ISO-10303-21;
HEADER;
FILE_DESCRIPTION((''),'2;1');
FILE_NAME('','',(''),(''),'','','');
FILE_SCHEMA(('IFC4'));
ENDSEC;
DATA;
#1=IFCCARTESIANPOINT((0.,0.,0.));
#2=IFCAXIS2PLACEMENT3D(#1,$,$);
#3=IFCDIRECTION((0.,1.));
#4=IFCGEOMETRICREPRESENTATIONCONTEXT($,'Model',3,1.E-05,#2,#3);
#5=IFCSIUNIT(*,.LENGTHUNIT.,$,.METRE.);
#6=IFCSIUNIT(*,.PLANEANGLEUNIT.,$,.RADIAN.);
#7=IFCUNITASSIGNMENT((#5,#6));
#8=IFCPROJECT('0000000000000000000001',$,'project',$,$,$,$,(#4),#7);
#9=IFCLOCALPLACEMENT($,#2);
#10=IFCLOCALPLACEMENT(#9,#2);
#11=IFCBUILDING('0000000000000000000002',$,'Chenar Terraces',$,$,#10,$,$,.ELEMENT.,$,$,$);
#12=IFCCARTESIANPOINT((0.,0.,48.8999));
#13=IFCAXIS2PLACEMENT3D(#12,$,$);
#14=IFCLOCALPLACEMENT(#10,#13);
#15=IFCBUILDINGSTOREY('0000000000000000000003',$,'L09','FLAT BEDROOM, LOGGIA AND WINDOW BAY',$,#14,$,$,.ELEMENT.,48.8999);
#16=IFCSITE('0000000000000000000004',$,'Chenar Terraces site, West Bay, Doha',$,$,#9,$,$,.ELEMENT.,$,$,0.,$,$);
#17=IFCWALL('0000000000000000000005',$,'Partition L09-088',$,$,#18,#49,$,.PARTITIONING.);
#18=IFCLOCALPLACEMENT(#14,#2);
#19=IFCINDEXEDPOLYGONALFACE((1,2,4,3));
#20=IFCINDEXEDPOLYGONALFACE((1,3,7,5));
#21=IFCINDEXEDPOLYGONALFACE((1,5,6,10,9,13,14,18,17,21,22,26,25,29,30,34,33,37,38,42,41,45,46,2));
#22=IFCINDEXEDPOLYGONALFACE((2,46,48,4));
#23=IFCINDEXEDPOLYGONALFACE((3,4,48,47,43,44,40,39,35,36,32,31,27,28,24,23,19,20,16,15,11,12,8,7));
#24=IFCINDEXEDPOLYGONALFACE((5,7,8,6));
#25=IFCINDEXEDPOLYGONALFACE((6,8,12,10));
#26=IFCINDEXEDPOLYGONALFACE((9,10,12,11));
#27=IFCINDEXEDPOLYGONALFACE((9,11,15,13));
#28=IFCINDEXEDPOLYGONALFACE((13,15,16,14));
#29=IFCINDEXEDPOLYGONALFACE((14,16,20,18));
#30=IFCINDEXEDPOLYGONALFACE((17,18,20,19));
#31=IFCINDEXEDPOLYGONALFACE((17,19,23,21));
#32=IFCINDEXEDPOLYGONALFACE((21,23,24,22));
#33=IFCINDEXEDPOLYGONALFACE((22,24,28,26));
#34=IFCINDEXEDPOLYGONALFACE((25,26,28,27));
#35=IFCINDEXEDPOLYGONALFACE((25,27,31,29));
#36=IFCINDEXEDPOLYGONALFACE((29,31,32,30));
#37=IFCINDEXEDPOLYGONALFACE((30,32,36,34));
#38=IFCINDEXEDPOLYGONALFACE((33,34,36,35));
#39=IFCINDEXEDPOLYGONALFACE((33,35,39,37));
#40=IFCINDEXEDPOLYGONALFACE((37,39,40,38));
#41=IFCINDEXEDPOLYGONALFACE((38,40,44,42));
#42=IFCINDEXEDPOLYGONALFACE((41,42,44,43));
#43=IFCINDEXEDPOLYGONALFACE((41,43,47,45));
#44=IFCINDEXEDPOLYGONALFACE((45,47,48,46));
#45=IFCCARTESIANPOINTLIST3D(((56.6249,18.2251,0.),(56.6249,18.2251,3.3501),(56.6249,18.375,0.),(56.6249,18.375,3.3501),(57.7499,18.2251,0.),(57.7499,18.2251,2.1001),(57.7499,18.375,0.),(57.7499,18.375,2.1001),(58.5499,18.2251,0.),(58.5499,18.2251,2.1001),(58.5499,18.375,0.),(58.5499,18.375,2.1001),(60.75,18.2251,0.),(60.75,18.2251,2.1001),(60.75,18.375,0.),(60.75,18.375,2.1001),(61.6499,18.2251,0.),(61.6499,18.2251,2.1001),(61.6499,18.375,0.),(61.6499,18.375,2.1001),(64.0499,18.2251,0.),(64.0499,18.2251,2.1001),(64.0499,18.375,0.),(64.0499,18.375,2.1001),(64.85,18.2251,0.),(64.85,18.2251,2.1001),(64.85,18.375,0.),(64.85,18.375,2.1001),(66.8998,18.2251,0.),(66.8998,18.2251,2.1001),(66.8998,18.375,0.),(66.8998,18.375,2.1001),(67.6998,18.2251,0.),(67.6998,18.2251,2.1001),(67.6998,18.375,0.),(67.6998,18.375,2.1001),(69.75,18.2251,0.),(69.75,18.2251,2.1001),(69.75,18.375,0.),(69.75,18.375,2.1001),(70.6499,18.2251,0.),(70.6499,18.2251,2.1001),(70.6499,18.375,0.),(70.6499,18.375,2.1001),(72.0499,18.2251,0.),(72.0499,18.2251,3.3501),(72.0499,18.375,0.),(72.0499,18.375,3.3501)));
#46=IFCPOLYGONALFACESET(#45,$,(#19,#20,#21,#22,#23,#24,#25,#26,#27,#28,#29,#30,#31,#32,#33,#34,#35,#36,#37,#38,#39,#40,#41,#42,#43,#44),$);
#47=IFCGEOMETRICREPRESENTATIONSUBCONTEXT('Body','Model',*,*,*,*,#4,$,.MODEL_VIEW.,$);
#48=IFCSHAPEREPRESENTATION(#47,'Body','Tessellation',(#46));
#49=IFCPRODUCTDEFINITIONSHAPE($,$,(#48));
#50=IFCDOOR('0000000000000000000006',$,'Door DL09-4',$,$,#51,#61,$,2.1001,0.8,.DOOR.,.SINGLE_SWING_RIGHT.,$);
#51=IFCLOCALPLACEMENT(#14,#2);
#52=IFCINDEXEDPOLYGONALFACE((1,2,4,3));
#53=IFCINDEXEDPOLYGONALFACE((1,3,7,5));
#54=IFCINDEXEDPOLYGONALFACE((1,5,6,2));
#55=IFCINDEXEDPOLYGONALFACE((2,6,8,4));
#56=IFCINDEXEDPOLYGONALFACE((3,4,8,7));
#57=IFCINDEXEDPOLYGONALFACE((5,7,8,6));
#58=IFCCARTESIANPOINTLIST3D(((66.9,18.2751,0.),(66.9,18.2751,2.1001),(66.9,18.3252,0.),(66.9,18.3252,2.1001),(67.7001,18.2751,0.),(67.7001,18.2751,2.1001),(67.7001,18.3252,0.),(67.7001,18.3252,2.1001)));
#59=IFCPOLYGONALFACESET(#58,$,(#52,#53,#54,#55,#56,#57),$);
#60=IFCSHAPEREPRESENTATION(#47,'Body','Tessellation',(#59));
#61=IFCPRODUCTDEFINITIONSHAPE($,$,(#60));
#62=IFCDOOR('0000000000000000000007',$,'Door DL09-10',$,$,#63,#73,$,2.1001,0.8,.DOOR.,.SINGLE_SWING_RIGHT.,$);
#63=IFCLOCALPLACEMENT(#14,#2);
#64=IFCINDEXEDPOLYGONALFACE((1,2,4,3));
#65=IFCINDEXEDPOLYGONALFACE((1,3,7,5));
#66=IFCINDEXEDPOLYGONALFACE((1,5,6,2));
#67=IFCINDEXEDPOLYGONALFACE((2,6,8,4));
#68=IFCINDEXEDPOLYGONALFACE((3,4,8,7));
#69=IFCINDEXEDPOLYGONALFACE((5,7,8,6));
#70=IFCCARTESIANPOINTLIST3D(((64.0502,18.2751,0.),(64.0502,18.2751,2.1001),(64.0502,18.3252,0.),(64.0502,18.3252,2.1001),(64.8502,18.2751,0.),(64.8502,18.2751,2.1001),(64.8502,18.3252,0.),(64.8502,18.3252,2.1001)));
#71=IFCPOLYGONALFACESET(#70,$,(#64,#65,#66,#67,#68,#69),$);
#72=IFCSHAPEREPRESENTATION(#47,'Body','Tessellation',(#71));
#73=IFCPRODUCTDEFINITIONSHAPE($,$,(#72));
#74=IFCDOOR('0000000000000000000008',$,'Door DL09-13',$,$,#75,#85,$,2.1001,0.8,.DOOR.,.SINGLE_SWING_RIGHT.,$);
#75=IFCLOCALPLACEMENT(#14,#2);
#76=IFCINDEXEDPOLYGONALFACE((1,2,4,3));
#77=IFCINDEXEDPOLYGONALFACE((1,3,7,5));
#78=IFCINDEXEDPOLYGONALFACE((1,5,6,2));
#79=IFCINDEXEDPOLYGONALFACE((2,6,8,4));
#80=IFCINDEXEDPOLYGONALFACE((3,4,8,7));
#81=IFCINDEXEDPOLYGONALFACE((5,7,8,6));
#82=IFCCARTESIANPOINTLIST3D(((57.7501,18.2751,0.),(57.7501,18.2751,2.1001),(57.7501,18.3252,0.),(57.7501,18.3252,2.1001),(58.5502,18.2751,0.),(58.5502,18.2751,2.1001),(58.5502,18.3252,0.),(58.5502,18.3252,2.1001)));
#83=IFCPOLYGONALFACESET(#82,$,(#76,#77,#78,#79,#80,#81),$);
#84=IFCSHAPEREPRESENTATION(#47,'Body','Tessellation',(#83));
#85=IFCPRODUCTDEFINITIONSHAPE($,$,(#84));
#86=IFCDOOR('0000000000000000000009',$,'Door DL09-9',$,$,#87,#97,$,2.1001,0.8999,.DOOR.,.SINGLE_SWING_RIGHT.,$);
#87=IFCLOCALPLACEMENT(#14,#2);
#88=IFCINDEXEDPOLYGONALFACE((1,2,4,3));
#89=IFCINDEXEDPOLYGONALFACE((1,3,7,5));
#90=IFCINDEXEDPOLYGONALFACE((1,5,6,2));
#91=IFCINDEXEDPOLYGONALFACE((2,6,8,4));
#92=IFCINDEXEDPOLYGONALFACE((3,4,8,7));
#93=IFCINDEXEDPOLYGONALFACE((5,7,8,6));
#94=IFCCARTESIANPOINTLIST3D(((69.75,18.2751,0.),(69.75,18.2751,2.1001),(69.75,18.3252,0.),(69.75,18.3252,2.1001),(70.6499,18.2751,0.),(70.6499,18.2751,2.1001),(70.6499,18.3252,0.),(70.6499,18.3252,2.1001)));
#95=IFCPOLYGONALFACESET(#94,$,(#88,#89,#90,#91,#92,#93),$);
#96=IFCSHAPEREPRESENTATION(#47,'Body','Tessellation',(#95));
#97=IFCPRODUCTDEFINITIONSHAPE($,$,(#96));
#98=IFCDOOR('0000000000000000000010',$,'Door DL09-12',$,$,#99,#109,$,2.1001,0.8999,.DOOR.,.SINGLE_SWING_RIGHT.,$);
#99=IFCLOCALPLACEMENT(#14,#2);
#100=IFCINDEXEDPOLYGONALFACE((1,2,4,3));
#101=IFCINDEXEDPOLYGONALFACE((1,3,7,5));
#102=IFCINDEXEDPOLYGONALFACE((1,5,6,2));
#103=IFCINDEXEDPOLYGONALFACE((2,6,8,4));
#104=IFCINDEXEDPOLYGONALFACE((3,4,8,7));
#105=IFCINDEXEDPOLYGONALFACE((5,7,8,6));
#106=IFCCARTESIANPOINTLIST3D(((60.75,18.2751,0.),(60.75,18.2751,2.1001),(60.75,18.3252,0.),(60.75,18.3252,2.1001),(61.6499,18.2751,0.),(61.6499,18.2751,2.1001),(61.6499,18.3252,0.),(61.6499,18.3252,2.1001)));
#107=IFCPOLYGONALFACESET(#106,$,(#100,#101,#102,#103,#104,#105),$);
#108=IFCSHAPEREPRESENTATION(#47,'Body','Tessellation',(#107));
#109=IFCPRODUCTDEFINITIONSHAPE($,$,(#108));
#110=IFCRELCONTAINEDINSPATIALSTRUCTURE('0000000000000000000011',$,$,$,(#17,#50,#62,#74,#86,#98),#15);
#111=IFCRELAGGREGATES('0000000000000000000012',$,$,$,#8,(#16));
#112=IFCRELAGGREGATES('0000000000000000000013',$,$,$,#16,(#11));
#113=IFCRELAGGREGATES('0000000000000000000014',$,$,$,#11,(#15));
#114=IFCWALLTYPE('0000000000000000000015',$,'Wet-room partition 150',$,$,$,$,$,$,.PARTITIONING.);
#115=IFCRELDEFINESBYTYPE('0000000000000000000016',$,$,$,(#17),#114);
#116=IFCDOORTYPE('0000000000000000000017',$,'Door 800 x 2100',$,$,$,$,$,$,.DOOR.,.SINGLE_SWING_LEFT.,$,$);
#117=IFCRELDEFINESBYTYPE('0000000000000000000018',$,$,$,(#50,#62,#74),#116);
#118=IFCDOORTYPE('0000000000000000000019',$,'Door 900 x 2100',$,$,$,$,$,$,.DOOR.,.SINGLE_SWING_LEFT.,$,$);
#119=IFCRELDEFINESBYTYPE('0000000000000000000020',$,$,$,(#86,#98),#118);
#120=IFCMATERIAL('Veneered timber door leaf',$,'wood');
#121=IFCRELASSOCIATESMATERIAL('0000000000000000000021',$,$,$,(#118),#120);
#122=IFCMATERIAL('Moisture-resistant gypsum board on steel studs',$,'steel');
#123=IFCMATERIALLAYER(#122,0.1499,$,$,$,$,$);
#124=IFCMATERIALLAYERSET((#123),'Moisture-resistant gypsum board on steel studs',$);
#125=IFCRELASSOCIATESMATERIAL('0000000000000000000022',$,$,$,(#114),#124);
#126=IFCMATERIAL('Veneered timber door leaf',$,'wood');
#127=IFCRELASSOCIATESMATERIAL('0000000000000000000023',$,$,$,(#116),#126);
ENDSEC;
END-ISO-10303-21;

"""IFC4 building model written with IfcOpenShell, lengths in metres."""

from ifc_helpers import new_model, si_unit, direction, frame, frame_2d, origin, place, context, subcontext, project, spatial, rectangle, extrude, material, layer, layer_set, type_object, element, fill, save


model = new_model("IFC4")

# Units and contexts
model_context = context("Model", 3, precision=1e-05, world=origin(), true_north=direction((0.0, 1.0)))
body_context = subcontext(model_context, "Body", "Model", "MODEL_VIEW")
ifc_project = project(units=[si_unit("LENGTHUNIT", "METRE"), si_unit("PLANEANGLEUNIT", "RADIAN")], contexts=[model_context])

# Site, building, storey
site_placement = place(None, origin())
site = spatial("IfcSite", under=ifc_project, at=site_placement, Name="Chenar Terraces site, West Bay, Doha", CompositionType="ELEMENT", RefElevation=0.0)
building_placement = place(site_placement, origin())
building = spatial("IfcBuilding", under=site, at=building_placement, Name="Chenar Terraces", CompositionType="ELEMENT")
storey_placement = place(building_placement, frame((0.0, 0.0, 48.8999)))
storey = spatial("IfcBuildingStorey", under=building, at=storey_placement, Name="L09", Description="FLAT BEDROOM, LOGGIA AND WINDOW BAY", CompositionType="ELEMENT", Elevation=48.8999)

# Shared definitions
ifc_material_1 = material(Name="Veneered timber door leaf", Category="wood")
door_type_1 = type_object("IfcDoorType", Name="Door 900 x 2100", OperationType="SINGLE_SWING_LEFT", PredefinedType="DOOR", material=ifc_material_1)

# Wall, openings, doors
ifc_material_2 = material(Name="Moisture-resistant gypsum board on steel studs", Category="steel")
ifc_layer_1 = layer(ifc_material_2, 0.1499)
ifc_layer_set_1 = layer_set([ifc_layer_1], Name="Moisture-resistant gypsum board on steel studs")
wall_type_1 = type_object("IfcWallType", Name="Wet-room partition 150", PredefinedType="PARTITIONING", material=ifc_layer_set_1)
wall_1_placement = place(storey_placement, frame((56.625, 18.3, 0.0), z_axis=(0.0, 0.0, 1.0), x_axis=(1.0, 0.0, 0.0)))
wall_1 = element("IfcWall", 1, at=wall_1_placement, inside=storey, type_object=wall_type_1, Name="Partition L09-088", PredefinedType="PARTITIONING", context=body_context, shape_type="SweptSolid", body=[
    extrude(rectangle(XDim=15.425, YDim=0.1499, at=frame_2d((7.7124, 0.0))), origin(), (0.0, 0.0, 1.0), 3.3501),
])
opening_1_placement = place(wall_1_placement, frame((10.2749, 0.0, 0.0)))
opening_1 = element("IfcOpeningElement", 2, at=opening_1_placement, cuts=wall_1, PredefinedType="OPENING", context=body_context, shape_type="SweptSolid", body=[
    extrude(rectangle(XDim=0.8, YDim=2.1001, at=frame_2d((0.3999, 1.05))), frame((0.0, 0.085, 0.0), z_axis=(0.0, -1.0, 0.0), x_axis=(1.0, 0.0, 0.0)), (0.0, 0.0, 1.0), 0.1699),
])
opening_2_placement = place(wall_1_placement, frame((13.125, 0.0, 0.0)))
opening_2 = element("IfcOpeningElement", 3, at=opening_2_placement, cuts=wall_1, PredefinedType="OPENING", context=body_context, shape_type="SweptSolid", body=[
    extrude(rectangle(XDim=0.8999, YDim=2.1001, at=frame_2d((0.45, 1.05))), frame((0.0, 0.085, 0.0), z_axis=(0.0, -1.0, 0.0), x_axis=(1.0, 0.0, 0.0)), (0.0, 0.0, 1.0), 0.1699),
])
opening_3_placement = place(wall_1_placement, frame((7.425, 0.0, 0.0)))
opening_3 = element("IfcOpeningElement", 4, at=opening_3_placement, cuts=wall_1, PredefinedType="OPENING", context=body_context, shape_type="SweptSolid", body=[
    extrude(rectangle(XDim=0.8, YDim=2.1001, at=frame_2d((0.3999, 1.05))), frame((0.0, 0.085, 0.0), z_axis=(0.0, -1.0, 0.0), x_axis=(1.0, 0.0, 0.0)), (0.0, 0.0, 1.0), 0.1699),
])
opening_4_placement = place(wall_1_placement, frame((4.125, 0.0, 0.0)))
opening_4 = element("IfcOpeningElement", 5, at=opening_4_placement, cuts=wall_1, PredefinedType="OPENING", context=body_context, shape_type="SweptSolid", body=[
    extrude(rectangle(XDim=0.8999, YDim=2.1001, at=frame_2d((0.45, 1.05))), frame((0.0, 0.085, 0.0), z_axis=(0.0, -1.0, 0.0), x_axis=(1.0, 0.0, 0.0)), (0.0, 0.0, 1.0), 0.1699),
])
opening_5_placement = place(wall_1_placement, frame((1.125, 0.0, 0.0)))
opening_5 = element("IfcOpeningElement", 6, at=opening_5_placement, cuts=wall_1, PredefinedType="OPENING", context=body_context, shape_type="SweptSolid", body=[
    extrude(rectangle(XDim=0.8, YDim=2.1001, at=frame_2d((0.3999, 1.05))), frame((0.0, 0.085, 0.0), z_axis=(0.0, -1.0, 0.0), x_axis=(1.0, 0.0, 0.0)), (0.0, 0.0, 1.0), 0.1699),
])
ifc_material_3 = material(Name="Veneered timber door leaf", Category="wood")
door_type_2 = type_object("IfcDoorType", Name="Door 800 x 2100", OperationType="SINGLE_SWING_LEFT", PredefinedType="DOOR", material=ifc_material_3)
door_1_placement = place(opening_1_placement, frame((0.8, 0.0, 0.0), z_axis=(0.0, 0.0, 1.0), x_axis=(-1.0, 0.0, 0.0)))
door_1 = element("IfcDoor", 7, at=door_1_placement, inside=storey, type_object=door_type_2, Name="Door DL09-4", OperationType="SINGLE_SWING_RIGHT", OverallHeight=2.1001, OverallWidth=0.8, PredefinedType="DOOR", context=body_context, shape_type="SweptSolid", body=[
    extrude(rectangle(XDim=0.8, YDim=2.1001, at=frame_2d((0.3999, 1.05))), frame((0.0, 0.0249, 0.0), z_axis=(0.0, -1.0, 0.0), x_axis=(1.0, 0.0, 0.0)), (0.0, 0.0, 1.0), 0.05),
])
fill(opening_1, door_1)
door_2_placement = place(opening_3_placement, frame((0.8, 0.0, 0.0), z_axis=(0.0, 0.0, 1.0), x_axis=(-1.0, 0.0, 0.0)))
door_2 = element("IfcDoor", 8, at=door_2_placement, inside=storey, type_object=door_type_2, Name="Door DL09-10", OperationType="SINGLE_SWING_RIGHT", OverallHeight=2.1001, OverallWidth=0.8, PredefinedType="DOOR", context=body_context, shape_type="SweptSolid", body=[
    extrude(rectangle(XDim=0.8, YDim=2.1001, at=frame_2d((0.3999, 1.05))), frame((0.0, 0.0249, 0.0), z_axis=(0.0, -1.0, 0.0), x_axis=(1.0, 0.0, 0.0)), (0.0, 0.0, 1.0), 0.05),
])
fill(opening_3, door_2)
door_3_placement = place(opening_5_placement, frame((0.8, 0.0, 0.0), z_axis=(0.0, 0.0, 1.0), x_axis=(-1.0, 0.0, 0.0)))
door_3 = element("IfcDoor", 9, at=door_3_placement, inside=storey, type_object=door_type_2, Name="Door DL09-13", OperationType="SINGLE_SWING_RIGHT", OverallHeight=2.1001, OverallWidth=0.8, PredefinedType="DOOR", context=body_context, shape_type="SweptSolid", body=[
    extrude(rectangle(XDim=0.8, YDim=2.1001, at=frame_2d((0.3999, 1.05))), frame((0.0, 0.0249, 0.0), z_axis=(0.0, -1.0, 0.0), x_axis=(1.0, 0.0, 0.0)), (0.0, 0.0, 1.0), 0.05),
])
fill(opening_5, door_3)
door_4_placement = place(opening_2_placement, frame((0.8999, 0.0, 0.0), z_axis=(0.0, 0.0, 1.0), x_axis=(-1.0, 0.0, 0.0)))
door_4 = element("IfcDoor", 10, at=door_4_placement, inside=storey, type_object=door_type_1, Name="Door DL09-9", OperationType="SINGLE_SWING_RIGHT", OverallHeight=2.1001, OverallWidth=0.8999, PredefinedType="DOOR", context=body_context, shape_type="SweptSolid", body=[
    extrude(rectangle(XDim=0.8999, YDim=2.1001, at=frame_2d((0.45, 1.05))), frame((0.0, 0.0249, 0.0), z_axis=(0.0, -1.0, 0.0), x_axis=(1.0, 0.0, 0.0)), (0.0, 0.0, 1.0), 0.05),
])
fill(opening_2, door_4)
door_5_placement = place(opening_4_placement, frame((0.8999, 0.0, 0.0), z_axis=(0.0, 0.0, 1.0), x_axis=(-1.0, 0.0, 0.0)))
door_5 = element("IfcDoor", 11, at=door_5_placement, inside=storey, type_object=door_type_1, Name="Door DL09-12", OperationType="SINGLE_SWING_RIGHT", OverallHeight=2.1001, OverallWidth=0.8999, PredefinedType="DOOR", context=body_context, shape_type="SweptSolid", body=[
    extrude(rectangle(XDim=0.8999, YDim=2.1001, at=frame_2d((0.45, 1.05))), frame((0.0, 0.0249, 0.0), z_axis=(0.0, -1.0, 0.0), x_axis=(1.0, 0.0, 0.0)), (0.0, 0.0, 1.0), 0.05),
])
fill(opening_4, door_5)

save(model, "model.ifc")
